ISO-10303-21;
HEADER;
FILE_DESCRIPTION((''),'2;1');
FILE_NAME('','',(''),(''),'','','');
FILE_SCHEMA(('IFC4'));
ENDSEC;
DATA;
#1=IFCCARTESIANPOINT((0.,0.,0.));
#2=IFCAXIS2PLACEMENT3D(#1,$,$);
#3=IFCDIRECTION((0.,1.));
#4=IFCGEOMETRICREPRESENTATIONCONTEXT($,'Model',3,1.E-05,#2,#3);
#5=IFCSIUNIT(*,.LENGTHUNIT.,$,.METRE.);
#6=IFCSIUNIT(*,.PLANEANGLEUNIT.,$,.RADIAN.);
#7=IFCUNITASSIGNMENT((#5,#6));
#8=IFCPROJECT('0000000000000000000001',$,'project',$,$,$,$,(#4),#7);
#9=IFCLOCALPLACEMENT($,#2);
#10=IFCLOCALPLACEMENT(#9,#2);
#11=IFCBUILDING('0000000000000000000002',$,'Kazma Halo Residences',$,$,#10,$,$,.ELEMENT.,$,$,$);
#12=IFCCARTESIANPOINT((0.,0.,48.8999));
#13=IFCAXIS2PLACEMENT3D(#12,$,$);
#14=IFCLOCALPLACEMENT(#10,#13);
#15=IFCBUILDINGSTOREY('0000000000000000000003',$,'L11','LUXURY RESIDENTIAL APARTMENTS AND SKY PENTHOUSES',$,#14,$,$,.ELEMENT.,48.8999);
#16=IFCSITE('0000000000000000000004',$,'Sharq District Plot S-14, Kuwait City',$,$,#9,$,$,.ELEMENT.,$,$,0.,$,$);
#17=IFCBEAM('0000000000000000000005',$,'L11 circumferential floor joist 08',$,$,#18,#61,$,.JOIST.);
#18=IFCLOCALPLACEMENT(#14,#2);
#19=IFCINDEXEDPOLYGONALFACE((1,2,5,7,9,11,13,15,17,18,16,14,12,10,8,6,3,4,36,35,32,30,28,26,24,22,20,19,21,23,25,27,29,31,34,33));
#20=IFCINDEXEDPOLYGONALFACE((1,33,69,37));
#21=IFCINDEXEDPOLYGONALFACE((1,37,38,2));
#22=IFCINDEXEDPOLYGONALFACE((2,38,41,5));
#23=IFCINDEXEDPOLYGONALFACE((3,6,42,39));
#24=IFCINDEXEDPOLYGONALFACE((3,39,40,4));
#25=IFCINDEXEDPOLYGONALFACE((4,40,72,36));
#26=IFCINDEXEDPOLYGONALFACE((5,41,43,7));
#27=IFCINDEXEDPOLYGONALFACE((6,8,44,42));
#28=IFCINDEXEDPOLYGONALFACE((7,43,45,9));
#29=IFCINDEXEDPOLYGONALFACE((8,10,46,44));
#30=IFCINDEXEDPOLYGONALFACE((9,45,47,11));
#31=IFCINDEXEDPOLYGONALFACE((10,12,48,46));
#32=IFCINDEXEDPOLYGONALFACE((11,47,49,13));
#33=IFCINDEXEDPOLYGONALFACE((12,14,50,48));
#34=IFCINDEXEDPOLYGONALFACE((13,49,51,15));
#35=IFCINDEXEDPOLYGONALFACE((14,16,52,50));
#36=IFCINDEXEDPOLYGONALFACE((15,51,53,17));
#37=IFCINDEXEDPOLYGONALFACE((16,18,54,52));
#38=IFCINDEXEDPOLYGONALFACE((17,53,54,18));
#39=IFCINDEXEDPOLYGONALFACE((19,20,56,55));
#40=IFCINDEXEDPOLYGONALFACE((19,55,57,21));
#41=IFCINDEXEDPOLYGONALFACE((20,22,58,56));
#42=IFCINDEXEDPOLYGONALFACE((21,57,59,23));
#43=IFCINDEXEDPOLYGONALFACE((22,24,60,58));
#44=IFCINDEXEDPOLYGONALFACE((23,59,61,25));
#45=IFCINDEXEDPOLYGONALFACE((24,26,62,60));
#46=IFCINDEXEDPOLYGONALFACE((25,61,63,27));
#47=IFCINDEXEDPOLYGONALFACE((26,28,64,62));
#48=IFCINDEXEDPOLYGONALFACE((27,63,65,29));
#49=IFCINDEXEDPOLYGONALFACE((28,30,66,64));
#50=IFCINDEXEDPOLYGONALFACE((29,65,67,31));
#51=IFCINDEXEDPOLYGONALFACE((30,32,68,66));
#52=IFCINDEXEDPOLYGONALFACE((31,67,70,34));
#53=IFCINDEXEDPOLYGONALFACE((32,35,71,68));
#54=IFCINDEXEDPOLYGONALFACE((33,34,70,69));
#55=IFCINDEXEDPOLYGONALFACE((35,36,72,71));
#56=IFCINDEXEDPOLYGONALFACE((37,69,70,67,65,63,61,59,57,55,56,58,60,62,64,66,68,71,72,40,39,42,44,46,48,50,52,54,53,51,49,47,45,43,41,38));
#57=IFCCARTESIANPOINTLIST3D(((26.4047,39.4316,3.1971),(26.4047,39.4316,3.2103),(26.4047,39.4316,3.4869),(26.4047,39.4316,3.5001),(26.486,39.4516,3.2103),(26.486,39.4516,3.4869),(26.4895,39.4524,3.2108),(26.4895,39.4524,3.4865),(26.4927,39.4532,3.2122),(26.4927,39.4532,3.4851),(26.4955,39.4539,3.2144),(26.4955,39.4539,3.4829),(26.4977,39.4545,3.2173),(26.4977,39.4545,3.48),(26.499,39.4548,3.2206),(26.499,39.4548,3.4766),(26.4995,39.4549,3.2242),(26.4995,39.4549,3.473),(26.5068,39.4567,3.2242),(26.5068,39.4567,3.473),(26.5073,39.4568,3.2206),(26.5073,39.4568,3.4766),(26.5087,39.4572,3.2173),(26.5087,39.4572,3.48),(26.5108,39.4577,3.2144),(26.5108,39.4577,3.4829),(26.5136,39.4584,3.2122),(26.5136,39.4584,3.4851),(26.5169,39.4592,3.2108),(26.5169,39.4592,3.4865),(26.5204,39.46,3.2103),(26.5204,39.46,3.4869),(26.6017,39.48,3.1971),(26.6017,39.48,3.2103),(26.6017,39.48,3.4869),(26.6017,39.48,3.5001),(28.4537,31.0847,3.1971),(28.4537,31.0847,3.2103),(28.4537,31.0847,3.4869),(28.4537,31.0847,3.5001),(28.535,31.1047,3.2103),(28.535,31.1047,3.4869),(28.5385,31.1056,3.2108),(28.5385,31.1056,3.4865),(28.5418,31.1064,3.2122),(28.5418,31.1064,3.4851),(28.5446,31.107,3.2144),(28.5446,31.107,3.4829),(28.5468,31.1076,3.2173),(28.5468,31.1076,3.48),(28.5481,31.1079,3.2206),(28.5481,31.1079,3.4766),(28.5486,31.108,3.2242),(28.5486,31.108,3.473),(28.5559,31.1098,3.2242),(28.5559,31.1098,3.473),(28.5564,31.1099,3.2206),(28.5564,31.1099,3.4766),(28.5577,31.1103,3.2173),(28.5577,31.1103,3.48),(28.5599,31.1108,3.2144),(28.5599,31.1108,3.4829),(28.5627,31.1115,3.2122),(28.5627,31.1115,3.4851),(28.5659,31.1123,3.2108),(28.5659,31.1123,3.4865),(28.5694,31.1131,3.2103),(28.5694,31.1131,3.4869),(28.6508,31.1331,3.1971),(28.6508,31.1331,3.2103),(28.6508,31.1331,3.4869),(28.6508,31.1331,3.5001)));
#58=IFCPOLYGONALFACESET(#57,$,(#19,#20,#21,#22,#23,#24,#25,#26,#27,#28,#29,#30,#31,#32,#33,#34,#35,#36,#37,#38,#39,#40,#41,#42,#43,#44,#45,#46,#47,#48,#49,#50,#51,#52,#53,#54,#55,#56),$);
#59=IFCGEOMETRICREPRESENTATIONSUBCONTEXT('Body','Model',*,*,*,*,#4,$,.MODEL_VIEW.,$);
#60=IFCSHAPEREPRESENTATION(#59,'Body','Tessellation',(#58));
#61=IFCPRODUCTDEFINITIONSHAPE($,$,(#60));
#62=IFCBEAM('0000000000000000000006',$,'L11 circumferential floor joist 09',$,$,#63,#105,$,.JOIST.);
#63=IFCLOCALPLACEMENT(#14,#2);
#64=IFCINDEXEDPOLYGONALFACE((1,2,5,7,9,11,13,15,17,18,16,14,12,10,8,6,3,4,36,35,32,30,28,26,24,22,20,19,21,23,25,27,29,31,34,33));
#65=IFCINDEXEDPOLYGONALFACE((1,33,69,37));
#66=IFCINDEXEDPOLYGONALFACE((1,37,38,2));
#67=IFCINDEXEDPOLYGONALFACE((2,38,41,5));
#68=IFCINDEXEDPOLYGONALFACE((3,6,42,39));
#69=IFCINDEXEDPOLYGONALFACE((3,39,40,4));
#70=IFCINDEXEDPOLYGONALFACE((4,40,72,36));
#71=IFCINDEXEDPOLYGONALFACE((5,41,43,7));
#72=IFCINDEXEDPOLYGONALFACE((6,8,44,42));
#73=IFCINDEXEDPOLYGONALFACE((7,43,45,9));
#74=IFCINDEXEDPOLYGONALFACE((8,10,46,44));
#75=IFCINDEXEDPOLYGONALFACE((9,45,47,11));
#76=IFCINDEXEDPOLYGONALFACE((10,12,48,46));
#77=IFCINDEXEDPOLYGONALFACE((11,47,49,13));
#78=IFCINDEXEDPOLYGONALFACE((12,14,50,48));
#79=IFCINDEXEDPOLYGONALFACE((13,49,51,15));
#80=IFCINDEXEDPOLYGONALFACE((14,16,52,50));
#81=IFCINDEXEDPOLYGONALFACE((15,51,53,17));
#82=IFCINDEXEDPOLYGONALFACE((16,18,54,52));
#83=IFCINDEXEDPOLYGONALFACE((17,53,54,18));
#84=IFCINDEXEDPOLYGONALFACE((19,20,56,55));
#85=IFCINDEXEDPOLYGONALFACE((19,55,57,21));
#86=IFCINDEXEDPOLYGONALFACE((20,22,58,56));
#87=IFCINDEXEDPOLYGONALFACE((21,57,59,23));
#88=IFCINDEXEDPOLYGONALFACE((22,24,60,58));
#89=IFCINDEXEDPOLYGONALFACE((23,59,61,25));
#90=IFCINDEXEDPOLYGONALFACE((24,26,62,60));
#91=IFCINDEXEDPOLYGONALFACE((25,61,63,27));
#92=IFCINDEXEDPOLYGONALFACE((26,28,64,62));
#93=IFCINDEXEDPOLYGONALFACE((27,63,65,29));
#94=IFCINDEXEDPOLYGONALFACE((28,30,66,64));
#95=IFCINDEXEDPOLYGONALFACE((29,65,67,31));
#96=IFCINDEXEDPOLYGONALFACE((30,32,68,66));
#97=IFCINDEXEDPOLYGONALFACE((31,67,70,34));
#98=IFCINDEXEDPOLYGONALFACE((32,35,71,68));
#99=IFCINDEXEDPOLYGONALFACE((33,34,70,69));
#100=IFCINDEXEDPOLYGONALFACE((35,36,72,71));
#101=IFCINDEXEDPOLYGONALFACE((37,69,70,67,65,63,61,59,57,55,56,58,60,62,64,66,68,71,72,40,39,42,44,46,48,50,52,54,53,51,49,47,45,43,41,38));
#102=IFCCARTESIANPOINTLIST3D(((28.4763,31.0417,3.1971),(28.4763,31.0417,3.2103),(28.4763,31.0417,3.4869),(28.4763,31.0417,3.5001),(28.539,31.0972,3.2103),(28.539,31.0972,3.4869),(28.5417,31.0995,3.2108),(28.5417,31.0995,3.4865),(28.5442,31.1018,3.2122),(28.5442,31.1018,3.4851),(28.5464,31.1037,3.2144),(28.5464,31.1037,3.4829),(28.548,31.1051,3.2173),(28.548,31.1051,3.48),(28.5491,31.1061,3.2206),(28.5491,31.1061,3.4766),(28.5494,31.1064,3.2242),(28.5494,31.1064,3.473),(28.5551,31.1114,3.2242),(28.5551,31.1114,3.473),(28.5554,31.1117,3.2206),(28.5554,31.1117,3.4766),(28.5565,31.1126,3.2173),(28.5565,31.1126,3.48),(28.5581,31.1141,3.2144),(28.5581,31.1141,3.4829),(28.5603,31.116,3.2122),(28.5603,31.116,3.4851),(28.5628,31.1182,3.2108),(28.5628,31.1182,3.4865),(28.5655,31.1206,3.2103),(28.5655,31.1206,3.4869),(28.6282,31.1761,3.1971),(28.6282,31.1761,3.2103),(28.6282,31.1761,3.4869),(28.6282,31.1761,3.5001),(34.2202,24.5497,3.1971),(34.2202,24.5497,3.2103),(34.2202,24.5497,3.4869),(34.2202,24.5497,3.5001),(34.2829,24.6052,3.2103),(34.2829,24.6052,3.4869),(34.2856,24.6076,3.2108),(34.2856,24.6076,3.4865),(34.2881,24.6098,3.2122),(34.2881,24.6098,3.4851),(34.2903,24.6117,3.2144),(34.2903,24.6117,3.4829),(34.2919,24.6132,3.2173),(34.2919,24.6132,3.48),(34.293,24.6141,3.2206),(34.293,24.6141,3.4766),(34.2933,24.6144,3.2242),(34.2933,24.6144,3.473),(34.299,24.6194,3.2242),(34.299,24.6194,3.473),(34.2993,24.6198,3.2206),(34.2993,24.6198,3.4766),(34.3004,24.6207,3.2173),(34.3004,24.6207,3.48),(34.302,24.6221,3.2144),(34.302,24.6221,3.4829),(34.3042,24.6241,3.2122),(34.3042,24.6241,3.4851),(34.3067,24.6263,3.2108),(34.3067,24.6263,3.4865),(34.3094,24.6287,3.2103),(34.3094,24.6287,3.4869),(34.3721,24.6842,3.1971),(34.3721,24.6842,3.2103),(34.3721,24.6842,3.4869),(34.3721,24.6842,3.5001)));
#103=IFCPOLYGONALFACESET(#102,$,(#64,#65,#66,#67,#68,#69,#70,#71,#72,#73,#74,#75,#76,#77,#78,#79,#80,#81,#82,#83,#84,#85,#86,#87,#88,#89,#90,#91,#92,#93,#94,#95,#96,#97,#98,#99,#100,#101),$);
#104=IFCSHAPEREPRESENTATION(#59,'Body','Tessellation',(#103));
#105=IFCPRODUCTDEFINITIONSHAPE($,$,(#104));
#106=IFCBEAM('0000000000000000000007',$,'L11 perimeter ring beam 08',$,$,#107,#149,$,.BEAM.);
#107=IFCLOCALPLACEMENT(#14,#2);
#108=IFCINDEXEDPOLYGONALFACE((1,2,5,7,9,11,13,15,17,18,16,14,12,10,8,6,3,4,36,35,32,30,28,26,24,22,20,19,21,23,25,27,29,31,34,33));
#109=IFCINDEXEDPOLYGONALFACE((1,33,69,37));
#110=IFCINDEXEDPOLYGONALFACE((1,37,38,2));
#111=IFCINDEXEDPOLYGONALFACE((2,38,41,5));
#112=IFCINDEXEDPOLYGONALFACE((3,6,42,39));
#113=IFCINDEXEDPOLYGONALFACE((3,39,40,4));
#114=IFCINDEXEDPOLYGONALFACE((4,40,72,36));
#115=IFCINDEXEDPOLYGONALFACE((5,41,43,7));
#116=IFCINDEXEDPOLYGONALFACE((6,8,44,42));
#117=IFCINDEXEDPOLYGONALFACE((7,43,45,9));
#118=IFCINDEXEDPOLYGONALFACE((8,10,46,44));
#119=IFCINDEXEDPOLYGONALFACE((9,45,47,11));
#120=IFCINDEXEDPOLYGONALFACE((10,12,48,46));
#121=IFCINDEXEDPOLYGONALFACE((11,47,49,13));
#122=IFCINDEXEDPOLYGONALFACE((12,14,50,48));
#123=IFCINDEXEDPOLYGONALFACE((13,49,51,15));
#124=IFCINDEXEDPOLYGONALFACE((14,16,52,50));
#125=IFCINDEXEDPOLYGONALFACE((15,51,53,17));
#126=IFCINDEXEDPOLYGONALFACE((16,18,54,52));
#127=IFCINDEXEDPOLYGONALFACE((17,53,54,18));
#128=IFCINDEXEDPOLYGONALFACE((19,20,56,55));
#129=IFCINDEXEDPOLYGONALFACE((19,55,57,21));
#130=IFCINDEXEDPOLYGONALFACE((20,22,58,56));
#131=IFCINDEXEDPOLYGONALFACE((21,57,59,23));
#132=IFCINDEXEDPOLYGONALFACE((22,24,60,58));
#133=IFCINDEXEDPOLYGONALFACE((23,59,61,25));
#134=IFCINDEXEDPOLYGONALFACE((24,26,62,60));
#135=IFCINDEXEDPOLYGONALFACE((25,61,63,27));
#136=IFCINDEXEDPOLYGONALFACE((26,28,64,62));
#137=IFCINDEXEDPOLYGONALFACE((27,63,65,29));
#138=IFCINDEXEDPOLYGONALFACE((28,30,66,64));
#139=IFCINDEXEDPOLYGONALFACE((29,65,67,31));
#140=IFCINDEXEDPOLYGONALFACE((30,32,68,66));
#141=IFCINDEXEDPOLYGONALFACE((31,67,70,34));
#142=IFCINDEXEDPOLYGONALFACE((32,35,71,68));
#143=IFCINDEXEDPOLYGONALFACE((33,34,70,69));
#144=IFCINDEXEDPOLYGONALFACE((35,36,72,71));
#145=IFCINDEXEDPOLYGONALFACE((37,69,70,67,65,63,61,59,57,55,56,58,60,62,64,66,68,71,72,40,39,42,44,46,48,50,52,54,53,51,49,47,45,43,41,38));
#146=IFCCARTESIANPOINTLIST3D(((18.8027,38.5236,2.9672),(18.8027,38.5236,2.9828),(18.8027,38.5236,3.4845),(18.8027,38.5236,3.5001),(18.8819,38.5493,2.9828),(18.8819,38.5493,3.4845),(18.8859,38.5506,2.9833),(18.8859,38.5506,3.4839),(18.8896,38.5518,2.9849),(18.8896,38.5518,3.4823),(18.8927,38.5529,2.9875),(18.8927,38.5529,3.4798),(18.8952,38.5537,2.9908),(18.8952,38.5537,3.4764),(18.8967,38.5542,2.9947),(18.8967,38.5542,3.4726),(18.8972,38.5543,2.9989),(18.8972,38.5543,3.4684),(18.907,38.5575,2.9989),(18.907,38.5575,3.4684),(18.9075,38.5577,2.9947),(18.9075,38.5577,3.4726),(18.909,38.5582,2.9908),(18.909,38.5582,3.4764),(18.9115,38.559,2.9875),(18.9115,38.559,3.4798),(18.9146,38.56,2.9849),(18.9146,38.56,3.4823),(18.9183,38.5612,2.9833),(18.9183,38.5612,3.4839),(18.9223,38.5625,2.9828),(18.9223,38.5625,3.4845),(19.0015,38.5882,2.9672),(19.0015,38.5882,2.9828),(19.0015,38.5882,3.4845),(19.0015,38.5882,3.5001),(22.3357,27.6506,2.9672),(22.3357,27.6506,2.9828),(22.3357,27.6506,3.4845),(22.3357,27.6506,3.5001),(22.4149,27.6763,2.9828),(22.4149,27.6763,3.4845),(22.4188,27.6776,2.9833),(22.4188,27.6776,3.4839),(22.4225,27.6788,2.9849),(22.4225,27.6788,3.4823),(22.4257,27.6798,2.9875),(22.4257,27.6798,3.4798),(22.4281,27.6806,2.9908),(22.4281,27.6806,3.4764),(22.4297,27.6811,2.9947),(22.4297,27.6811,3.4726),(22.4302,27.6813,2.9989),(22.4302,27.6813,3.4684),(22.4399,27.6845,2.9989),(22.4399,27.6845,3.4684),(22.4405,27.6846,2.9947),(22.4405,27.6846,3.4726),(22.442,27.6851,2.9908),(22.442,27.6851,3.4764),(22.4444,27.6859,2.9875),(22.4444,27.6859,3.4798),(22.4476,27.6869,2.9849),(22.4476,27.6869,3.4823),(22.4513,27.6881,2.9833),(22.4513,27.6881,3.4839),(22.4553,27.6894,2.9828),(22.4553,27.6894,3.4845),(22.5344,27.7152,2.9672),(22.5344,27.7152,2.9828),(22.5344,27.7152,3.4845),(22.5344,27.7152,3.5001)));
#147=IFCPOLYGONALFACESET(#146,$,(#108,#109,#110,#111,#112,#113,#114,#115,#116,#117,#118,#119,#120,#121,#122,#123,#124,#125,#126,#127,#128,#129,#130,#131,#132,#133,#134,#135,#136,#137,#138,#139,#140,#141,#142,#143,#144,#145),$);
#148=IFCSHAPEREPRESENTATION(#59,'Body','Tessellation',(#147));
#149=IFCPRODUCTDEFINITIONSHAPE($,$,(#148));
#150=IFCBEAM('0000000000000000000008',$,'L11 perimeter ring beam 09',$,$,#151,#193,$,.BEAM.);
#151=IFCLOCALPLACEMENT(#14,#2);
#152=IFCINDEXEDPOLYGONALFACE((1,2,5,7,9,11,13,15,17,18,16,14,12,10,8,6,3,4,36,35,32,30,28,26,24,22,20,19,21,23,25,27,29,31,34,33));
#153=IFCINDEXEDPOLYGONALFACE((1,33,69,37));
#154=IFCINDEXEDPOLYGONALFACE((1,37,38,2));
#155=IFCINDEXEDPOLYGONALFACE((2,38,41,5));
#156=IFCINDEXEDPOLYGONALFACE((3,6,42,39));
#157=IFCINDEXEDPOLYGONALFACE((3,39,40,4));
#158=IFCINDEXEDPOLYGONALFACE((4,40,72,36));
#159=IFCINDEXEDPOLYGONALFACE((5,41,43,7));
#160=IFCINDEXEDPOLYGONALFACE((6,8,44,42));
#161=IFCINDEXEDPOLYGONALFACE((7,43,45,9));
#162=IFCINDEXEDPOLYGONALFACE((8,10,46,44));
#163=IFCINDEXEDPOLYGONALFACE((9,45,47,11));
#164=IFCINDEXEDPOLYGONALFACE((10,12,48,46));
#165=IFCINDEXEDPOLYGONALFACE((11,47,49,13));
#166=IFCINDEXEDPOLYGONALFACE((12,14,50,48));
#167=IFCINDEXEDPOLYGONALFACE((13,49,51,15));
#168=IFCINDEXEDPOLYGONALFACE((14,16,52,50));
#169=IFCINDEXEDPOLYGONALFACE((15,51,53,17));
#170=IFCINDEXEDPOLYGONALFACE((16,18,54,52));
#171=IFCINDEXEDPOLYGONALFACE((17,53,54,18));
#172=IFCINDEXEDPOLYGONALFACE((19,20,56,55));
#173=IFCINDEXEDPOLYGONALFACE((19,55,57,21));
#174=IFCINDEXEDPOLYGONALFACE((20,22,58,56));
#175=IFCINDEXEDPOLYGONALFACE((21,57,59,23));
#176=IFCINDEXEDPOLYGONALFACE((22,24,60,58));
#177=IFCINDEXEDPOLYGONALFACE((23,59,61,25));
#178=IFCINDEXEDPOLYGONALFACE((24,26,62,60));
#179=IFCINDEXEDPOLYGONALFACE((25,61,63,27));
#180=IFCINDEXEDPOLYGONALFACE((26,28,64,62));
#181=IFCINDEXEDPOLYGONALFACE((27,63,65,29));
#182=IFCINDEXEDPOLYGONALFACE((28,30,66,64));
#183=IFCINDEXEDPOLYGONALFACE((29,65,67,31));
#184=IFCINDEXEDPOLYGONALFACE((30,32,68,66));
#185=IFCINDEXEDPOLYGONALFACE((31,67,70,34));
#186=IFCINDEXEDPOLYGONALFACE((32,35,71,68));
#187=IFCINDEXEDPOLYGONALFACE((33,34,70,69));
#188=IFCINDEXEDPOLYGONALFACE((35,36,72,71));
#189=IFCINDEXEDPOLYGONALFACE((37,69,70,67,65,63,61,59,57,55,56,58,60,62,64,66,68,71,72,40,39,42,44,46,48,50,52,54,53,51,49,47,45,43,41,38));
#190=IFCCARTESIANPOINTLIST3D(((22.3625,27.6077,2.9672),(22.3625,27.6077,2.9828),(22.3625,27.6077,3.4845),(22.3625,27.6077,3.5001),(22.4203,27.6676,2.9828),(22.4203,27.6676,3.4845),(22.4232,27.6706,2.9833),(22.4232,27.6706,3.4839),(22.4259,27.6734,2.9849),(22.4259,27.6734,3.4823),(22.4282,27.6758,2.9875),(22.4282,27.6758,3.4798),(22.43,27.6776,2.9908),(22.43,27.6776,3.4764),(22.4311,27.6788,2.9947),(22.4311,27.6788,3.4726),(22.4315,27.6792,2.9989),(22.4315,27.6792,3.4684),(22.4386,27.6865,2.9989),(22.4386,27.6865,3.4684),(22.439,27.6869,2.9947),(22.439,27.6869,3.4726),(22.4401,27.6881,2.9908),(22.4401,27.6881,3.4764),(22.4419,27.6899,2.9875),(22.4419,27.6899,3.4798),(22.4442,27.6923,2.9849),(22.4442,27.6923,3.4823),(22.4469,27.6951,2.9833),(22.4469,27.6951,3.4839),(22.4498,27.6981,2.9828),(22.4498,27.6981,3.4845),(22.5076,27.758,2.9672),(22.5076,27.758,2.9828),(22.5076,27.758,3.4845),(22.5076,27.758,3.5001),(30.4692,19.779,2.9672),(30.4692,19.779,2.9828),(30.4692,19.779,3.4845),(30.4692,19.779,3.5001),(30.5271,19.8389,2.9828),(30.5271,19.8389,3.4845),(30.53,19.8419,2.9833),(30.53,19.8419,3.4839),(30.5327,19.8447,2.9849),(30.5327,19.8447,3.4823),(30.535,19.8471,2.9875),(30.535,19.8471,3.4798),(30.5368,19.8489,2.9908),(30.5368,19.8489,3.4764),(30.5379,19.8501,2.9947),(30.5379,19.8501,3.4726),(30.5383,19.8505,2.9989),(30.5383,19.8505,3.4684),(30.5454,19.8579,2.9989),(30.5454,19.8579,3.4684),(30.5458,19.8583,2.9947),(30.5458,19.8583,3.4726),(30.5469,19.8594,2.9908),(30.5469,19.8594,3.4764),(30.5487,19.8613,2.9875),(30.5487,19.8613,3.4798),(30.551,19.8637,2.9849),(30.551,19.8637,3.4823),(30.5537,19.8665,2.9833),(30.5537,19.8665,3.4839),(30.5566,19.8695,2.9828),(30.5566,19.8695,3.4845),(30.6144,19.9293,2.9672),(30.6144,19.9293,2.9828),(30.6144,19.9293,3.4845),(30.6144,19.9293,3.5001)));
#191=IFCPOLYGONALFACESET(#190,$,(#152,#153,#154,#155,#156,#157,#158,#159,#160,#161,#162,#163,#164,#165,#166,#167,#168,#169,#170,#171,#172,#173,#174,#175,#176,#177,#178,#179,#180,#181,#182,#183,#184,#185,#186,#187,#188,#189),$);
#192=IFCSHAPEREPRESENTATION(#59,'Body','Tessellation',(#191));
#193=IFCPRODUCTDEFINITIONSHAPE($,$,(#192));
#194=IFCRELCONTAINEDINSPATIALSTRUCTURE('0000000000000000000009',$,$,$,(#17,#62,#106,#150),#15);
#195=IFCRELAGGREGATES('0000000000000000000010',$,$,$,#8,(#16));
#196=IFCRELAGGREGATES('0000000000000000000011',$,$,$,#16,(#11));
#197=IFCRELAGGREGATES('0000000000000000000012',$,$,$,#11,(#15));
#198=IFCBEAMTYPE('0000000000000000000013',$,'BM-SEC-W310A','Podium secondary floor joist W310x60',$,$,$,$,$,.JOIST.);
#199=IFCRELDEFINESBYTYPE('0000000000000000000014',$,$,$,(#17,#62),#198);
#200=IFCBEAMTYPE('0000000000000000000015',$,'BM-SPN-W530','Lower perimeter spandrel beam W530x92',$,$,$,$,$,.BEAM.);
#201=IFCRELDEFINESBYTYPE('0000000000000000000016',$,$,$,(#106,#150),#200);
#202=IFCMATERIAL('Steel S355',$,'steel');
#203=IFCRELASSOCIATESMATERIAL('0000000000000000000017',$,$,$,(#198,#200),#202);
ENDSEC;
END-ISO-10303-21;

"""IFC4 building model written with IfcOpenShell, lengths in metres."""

from ifc_helpers import new_model, si_unit, direction, frame, origin, origin_2d, place, context, subcontext, project, spatial, i_section, extrude, material, material_profile, profile_set, type_object, element, save


model = new_model("IFC4")

# Units and contexts
model_context = context("Model", 3, precision=1e-05, world=origin(), true_north=direction((0.0, 1.0)))
body_context = subcontext(model_context, "Body", "Model", "MODEL_VIEW")
ifc_project = project(units=[si_unit("LENGTHUNIT", "METRE"), si_unit("PLANEANGLEUNIT", "RADIAN")], contexts=[model_context])

# Site, building, storey
site_placement = place(None, origin())
site = spatial("IfcSite", under=ifc_project, at=site_placement, Name="Sharq District Plot S-14, Kuwait City", CompositionType="ELEMENT", RefElevation=0.0)
building_placement = place(site_placement, origin())
building = spatial("IfcBuilding", under=site, at=building_placement, Name="Kazma Halo Residences", CompositionType="ELEMENT")
storey_placement = place(building_placement, frame((0.0, 0.0, 48.8999)))
storey = spatial("IfcBuildingStorey", under=building, at=storey_placement, Name="L11", Description="LUXURY RESIDENTIAL APARTMENTS AND SKY PENTHOUSES", CompositionType="ELEMENT", Elevation=48.8999)

# Beams
ifc_material_1 = material(Name="Steel S355", Category="steel")
ifc_material_profile_1 = material_profile(ifc_material_1, i_section(OverallWidth=0.2029, OverallDepth=0.303, WebThickness=0.0076, FlangeThickness=0.0132, FilletRadius=0.0139, at=origin_2d()), Name="W310x60")
ifc_profile_set_1 = profile_set([ifc_material_profile_1], Name="Steel S355")
beam_type_1 = type_object("IfcBeamType", Name="BM-SEC-W310A", Description="Podium secondary floor joist W310x60", PredefinedType="JOIST", material=ifc_profile_set_1)
beam_1_placement = place(storey_placement, frame((26.5032, 39.4558, 3.3486), z_axis=(0.23841, -0.971165, 0.0), x_axis=(0.971165, 0.23841, 0.0)))
element("IfcBeam", 1, at=beam_1_placement, inside=storey, type_object=beam_type_1, Name="L11 circumferential floor joist 08", PredefinedType="JOIST", context=body_context, shape_type="SweptSolid", body=[
    extrude(i_section(OverallWidth=0.2029, OverallDepth=0.303, WebThickness=0.0076, FlangeThickness=0.0132, FilletRadius=0.0139, at=origin_2d()), origin(), (0.0, 0.0, 1.0), 8.5947),
])
beam_2_placement = place(storey_placement, frame((28.5522, 31.1089, 3.3486), z_axis=(0.66264, -0.748938, 0.0), x_axis=(0.748938, 0.66264, 0.0)))
element("IfcBeam", 2, at=beam_2_placement, inside=storey, type_object=beam_type_1, Name="L11 circumferential floor joist 09", PredefinedType="JOIST", context=body_context, shape_type="SweptSolid", body=[
    extrude(i_section(OverallWidth=0.2029, OverallDepth=0.303, WebThickness=0.0076, FlangeThickness=0.0132, FilletRadius=0.0139, at=origin_2d()), origin(), (0.0, 0.0, 1.0), 8.6682),
])
ifc_material_profile_2 = material_profile(ifc_material_1, i_section(OverallWidth=0.209, OverallDepth=0.533, WebThickness=0.0103, FlangeThickness=0.0156, FilletRadius=0.0161, at=origin_2d()), Name="W530x92")
ifc_profile_set_2 = profile_set([ifc_material_profile_2], Name="Steel S355")
beam_type_2 = type_object("IfcBeamType", Name="BM-SPN-W530", Description="Lower perimeter spandrel beam W530x92", PredefinedType="BEAM", material=ifc_profile_set_2)
beam_3_placement = place(storey_placement, frame((18.9021, 38.5559, 3.2336), z_axis=(0.309024, -0.951054, 0.0), x_axis=(0.951054, 0.309024, 0.0)))
element("IfcBeam", 3, at=beam_3_placement, inside=storey, type_object=beam_type_2, Name="L11 perimeter ring beam 08", PredefinedType="BEAM", context=body_context, shape_type="SweptSolid", body=[
    extrude(i_section(OverallWidth=0.209, OverallDepth=0.533, WebThickness=0.0103, FlangeThickness=0.0156, FilletRadius=0.0161, at=origin_2d()), origin(), (0.0, 0.0, 1.0), 11.4326),
])
beam_4_placement = place(storey_placement, frame((22.4351, 27.6829, 3.2336), z_axis=(0.719337, -0.694662, 0.0), x_axis=(0.694662, 0.719337, 0.0)))
element("IfcBeam", 4, at=beam_4_placement, inside=storey, type_object=beam_type_2, Name="L11 perimeter ring beam 09", PredefinedType="BEAM", context=body_context, shape_type="SweptSolid", body=[
    extrude(i_section(OverallWidth=0.209, OverallDepth=0.533, WebThickness=0.0103, FlangeThickness=0.0156, FilletRadius=0.0161, at=origin_2d()), origin(), (0.0, 0.0, 1.0), 11.2698),
])

save(model, "model.ifc")
